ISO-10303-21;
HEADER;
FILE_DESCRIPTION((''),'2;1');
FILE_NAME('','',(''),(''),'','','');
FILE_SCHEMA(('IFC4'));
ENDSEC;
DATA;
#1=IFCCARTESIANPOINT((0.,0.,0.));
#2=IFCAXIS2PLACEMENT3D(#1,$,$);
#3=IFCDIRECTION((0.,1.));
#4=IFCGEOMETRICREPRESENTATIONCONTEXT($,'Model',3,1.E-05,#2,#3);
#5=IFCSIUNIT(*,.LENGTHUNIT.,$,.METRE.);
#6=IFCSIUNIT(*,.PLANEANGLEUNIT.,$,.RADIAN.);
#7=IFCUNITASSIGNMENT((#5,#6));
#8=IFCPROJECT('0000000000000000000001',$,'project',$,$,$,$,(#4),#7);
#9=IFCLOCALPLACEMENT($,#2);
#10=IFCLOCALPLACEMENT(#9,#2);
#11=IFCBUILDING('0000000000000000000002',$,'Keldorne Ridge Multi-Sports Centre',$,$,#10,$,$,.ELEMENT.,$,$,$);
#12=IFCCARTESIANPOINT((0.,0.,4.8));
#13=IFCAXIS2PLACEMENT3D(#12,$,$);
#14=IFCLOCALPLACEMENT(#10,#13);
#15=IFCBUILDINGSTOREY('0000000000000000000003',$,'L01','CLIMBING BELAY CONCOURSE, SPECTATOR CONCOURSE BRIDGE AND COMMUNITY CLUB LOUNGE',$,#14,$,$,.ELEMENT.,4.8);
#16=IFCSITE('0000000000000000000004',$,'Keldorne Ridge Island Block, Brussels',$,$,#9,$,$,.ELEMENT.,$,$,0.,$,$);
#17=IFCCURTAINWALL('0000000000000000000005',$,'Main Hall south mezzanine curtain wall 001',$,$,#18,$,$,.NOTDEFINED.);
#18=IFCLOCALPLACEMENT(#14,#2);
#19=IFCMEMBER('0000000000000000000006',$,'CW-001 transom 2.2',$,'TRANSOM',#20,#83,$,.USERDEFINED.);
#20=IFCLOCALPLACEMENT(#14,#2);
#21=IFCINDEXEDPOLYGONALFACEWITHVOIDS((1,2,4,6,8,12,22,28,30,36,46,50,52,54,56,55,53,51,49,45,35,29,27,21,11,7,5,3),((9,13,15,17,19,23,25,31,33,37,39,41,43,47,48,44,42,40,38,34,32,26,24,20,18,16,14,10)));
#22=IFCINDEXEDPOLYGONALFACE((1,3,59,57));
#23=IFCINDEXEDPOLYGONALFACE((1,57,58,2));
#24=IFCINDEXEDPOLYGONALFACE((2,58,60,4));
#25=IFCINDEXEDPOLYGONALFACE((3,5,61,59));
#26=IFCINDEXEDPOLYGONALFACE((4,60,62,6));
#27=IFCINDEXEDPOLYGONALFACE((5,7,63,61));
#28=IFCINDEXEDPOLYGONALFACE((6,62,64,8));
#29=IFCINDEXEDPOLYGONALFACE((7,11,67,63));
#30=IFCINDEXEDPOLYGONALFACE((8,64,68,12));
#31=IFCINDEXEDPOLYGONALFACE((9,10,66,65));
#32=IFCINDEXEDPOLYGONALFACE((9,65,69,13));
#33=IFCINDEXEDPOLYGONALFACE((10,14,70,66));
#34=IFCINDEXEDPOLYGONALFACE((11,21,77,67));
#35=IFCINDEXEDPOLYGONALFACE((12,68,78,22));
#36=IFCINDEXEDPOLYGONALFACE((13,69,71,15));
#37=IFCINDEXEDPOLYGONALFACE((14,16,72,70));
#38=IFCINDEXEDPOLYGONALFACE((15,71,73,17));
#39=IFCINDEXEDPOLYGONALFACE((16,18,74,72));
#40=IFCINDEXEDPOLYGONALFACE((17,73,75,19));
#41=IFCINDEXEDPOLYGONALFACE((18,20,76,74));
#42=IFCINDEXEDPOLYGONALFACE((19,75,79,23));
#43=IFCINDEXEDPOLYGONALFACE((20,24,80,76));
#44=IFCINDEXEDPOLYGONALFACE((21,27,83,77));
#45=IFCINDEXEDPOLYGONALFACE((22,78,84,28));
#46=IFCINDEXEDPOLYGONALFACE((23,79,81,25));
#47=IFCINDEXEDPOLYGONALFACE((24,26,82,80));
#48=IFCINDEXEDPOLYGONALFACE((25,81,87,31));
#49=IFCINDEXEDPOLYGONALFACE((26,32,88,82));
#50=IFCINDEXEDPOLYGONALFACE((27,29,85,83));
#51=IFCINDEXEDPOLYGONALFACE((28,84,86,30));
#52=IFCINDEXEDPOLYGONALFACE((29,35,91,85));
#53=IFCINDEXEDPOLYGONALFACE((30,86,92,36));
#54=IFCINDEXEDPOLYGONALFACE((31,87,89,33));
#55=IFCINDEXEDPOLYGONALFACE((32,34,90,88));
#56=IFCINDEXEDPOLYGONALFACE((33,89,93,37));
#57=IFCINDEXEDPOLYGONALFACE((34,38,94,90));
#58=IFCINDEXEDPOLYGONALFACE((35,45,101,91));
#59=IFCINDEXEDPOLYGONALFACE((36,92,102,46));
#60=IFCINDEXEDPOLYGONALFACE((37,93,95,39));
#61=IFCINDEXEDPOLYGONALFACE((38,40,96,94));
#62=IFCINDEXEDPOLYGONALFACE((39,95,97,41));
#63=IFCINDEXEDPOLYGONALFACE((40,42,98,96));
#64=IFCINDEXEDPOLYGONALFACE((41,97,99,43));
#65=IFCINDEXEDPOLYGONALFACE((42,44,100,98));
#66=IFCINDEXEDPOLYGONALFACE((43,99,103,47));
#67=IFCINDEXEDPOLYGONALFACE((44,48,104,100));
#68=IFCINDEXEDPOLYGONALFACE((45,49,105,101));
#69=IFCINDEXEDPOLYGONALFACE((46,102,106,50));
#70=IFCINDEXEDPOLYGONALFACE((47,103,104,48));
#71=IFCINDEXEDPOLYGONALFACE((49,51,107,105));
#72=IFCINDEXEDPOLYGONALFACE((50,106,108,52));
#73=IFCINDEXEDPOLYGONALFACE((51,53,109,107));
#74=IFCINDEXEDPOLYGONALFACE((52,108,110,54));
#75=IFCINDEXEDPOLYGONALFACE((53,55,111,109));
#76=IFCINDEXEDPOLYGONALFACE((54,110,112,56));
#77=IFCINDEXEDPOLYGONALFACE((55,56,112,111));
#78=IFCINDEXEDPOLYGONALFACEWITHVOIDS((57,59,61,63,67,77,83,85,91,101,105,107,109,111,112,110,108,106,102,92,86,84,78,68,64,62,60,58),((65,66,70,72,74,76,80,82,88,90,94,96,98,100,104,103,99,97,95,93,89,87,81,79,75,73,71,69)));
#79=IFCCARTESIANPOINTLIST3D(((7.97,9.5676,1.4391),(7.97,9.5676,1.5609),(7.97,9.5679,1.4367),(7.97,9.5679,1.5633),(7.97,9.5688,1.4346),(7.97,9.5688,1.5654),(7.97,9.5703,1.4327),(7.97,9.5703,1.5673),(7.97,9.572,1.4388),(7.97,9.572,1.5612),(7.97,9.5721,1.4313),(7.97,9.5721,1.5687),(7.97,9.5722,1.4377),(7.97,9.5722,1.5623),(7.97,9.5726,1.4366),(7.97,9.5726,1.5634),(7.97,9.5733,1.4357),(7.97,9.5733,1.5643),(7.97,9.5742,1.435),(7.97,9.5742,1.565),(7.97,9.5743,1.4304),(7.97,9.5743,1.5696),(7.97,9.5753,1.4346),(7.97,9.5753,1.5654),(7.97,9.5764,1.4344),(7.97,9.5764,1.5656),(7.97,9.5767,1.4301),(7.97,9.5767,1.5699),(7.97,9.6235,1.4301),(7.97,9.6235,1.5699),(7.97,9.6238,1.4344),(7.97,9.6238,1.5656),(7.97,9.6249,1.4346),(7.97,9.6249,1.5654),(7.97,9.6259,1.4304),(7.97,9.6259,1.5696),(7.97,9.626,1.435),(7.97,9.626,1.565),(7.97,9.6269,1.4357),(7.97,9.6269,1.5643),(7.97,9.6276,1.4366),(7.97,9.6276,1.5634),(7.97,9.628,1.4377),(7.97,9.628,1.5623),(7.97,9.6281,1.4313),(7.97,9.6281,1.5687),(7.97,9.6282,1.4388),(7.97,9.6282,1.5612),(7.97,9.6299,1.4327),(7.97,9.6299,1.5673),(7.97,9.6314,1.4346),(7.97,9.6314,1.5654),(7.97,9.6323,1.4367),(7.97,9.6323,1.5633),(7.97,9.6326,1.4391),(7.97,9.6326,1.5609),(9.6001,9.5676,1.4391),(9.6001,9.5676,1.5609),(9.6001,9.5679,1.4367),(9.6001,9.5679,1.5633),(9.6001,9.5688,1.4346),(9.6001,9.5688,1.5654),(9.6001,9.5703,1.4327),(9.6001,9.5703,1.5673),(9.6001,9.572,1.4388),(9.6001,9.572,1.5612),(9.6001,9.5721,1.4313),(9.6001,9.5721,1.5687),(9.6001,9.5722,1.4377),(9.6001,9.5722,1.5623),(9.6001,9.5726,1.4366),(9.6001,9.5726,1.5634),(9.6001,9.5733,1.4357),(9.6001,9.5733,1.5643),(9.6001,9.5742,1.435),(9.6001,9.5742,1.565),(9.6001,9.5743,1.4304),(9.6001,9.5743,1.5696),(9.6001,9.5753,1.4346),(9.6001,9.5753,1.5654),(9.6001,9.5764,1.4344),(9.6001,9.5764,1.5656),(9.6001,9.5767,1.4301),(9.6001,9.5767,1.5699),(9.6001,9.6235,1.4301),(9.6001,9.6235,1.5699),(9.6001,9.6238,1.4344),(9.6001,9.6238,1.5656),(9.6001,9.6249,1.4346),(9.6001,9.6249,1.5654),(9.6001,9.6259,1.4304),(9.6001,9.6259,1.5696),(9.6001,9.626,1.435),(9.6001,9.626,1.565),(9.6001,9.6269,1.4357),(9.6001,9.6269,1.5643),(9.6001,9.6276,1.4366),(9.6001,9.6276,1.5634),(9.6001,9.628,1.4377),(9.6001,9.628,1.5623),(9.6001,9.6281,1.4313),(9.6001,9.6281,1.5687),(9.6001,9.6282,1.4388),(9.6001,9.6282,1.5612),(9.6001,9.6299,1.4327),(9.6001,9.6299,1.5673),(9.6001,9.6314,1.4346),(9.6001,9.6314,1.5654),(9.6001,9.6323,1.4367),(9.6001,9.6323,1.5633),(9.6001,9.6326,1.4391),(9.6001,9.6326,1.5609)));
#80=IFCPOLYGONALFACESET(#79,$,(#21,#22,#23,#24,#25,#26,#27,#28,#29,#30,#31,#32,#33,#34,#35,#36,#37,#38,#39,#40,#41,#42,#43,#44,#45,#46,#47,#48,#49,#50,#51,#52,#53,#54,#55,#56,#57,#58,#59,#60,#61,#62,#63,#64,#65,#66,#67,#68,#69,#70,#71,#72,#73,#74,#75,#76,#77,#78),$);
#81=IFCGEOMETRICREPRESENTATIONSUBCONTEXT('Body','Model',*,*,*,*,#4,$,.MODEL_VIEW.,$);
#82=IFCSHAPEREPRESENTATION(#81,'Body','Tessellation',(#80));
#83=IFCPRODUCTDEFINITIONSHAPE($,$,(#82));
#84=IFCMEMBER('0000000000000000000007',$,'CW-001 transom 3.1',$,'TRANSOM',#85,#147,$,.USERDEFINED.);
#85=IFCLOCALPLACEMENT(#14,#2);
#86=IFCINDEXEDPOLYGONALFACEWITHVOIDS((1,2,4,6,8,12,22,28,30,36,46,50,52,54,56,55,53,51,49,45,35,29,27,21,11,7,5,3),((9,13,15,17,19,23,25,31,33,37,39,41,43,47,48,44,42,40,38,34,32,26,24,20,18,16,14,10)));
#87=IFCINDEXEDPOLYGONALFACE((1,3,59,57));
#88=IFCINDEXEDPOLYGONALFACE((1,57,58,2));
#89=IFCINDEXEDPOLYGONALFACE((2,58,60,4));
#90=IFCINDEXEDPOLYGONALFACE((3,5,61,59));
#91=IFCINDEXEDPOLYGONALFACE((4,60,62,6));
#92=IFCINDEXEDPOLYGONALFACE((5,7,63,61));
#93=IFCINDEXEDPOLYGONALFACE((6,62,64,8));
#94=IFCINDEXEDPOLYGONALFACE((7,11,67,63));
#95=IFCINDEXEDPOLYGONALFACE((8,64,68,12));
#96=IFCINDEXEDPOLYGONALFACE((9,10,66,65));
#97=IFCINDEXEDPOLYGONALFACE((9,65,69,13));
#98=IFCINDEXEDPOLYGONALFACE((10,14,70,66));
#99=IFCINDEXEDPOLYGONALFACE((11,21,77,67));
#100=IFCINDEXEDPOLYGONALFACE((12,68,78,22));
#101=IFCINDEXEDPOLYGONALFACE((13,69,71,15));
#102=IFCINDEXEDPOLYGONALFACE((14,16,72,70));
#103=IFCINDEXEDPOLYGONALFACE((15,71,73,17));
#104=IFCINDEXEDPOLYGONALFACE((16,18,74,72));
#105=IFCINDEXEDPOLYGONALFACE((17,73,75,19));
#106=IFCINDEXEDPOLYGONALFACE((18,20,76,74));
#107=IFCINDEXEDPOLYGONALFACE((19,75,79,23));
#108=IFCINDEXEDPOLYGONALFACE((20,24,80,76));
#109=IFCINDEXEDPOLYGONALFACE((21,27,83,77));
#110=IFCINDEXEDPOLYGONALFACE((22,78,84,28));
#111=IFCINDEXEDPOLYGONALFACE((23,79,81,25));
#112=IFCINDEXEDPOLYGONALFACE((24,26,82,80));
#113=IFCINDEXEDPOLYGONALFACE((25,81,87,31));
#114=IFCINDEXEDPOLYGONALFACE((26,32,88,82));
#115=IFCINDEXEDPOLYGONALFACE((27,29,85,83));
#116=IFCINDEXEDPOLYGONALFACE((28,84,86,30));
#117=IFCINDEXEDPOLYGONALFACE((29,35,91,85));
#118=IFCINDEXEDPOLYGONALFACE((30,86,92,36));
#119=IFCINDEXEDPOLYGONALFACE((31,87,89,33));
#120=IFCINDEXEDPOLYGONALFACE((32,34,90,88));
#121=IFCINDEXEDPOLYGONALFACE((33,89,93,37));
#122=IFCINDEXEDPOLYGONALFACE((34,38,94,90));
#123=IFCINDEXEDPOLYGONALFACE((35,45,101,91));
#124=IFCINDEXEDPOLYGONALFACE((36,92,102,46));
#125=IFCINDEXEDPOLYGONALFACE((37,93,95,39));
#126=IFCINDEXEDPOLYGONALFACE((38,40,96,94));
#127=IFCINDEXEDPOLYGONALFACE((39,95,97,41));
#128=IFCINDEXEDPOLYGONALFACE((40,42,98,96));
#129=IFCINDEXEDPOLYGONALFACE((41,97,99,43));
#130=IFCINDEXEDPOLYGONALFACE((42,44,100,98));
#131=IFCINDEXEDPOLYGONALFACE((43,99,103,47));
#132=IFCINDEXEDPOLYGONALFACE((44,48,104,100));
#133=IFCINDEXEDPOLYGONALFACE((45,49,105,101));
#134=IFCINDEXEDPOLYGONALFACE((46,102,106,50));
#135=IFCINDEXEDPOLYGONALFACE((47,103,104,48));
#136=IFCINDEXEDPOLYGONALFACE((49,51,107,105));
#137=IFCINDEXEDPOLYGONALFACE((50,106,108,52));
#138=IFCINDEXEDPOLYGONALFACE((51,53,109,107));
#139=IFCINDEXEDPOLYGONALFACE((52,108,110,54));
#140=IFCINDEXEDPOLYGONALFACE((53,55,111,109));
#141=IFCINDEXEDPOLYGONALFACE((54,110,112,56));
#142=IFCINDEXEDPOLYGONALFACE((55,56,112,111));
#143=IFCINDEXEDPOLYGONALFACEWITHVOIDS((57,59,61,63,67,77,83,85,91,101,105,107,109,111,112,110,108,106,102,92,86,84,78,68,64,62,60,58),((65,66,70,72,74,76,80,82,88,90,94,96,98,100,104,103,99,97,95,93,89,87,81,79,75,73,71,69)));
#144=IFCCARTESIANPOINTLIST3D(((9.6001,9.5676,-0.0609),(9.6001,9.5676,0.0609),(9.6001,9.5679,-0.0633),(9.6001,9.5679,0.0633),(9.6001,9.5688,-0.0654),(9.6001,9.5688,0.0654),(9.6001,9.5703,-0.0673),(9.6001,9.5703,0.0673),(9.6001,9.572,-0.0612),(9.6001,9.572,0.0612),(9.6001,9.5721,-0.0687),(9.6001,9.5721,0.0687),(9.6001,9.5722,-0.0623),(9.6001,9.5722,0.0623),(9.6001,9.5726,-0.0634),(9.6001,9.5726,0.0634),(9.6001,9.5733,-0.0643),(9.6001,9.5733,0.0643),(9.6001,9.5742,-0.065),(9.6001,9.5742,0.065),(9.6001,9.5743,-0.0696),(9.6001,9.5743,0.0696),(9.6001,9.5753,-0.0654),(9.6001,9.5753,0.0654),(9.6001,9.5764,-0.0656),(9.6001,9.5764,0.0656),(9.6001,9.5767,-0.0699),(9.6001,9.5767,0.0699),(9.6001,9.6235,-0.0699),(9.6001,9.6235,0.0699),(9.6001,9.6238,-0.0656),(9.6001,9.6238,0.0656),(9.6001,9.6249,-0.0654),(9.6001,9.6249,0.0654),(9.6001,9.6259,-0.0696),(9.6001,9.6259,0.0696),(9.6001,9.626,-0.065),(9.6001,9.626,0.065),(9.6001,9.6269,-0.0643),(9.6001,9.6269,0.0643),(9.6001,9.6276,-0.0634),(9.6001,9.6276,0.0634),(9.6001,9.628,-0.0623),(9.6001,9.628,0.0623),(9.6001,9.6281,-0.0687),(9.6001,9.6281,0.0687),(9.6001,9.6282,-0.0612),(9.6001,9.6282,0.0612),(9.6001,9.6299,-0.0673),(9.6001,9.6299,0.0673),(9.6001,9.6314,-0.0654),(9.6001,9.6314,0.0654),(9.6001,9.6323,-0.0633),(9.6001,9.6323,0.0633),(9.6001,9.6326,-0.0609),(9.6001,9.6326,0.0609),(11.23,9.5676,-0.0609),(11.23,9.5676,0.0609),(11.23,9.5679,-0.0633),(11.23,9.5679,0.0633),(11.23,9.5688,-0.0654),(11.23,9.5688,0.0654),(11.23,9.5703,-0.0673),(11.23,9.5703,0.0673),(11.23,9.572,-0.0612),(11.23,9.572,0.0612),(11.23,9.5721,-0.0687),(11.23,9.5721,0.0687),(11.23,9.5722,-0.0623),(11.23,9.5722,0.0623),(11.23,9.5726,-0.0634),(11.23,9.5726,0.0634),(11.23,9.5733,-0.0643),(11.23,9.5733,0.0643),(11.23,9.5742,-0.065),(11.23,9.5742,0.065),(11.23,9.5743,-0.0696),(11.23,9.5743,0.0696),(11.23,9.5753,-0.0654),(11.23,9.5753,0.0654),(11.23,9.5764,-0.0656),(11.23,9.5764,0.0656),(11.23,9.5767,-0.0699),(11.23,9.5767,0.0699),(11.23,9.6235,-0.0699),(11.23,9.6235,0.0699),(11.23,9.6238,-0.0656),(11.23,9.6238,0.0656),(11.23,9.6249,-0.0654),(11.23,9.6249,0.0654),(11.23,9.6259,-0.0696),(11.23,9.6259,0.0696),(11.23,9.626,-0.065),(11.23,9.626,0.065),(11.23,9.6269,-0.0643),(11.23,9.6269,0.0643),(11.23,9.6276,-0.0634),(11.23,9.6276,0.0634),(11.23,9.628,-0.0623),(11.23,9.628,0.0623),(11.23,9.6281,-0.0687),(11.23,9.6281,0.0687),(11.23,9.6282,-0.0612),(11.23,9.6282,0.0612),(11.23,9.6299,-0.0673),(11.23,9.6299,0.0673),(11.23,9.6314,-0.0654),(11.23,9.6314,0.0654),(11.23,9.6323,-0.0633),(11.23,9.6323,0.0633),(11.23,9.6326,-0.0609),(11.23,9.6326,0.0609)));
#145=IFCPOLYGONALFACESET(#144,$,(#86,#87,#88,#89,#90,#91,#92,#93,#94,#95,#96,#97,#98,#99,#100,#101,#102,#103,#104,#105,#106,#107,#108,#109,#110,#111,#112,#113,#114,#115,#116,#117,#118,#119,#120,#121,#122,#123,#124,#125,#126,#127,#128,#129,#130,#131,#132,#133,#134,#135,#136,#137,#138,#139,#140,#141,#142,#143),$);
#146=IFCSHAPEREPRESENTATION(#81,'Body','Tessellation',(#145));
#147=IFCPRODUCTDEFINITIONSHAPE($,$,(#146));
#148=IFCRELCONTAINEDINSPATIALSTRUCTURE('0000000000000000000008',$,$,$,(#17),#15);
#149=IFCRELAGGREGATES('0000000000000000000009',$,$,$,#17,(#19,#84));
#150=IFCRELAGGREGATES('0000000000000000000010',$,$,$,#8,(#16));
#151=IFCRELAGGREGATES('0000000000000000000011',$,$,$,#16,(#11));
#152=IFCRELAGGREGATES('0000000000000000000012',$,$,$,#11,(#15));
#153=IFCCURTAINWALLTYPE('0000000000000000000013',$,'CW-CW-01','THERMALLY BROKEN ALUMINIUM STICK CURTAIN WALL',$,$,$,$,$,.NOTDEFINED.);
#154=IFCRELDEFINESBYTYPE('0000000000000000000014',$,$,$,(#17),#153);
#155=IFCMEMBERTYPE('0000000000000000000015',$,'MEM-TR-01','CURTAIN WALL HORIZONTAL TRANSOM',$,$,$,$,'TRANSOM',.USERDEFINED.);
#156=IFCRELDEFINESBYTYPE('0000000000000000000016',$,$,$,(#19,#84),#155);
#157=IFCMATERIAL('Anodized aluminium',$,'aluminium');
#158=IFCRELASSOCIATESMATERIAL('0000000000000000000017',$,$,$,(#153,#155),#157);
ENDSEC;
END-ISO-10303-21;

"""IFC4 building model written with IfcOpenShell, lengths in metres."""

from ifc_helpers import new_model, si_unit, direction, frame, origin, origin_2d, place, context, subcontext, project, spatial, hollow_rectangle, extrude, material, material_profile, profile_set, type_object, element, aggregate, save


model = new_model("IFC4")

# Units and contexts
model_context = context("Model", 3, precision=1e-05, world=origin(), true_north=direction((0.0, 1.0)))
body_context = subcontext(model_context, "Body", "Model", "MODEL_VIEW")
ifc_project = project(units=[si_unit("LENGTHUNIT", "METRE"), si_unit("PLANEANGLEUNIT", "RADIAN")], contexts=[model_context])

# Site, building, storey
site_placement = place(None, origin())
site = spatial("IfcSite", under=ifc_project, at=site_placement, Name="Keldorne Ridge Island Block, Brussels", CompositionType="ELEMENT", RefElevation=0.0)
building_placement = place(site_placement, origin())
building = spatial("IfcBuilding", under=site, at=building_placement, Name="Keldorne Ridge Multi-Sports Centre", CompositionType="ELEMENT")
storey_placement = place(building_placement, frame((0.0, 0.0, 4.8)))
storey = spatial("IfcBuildingStorey", under=building, at=storey_placement, Name="L01", Description="CLIMBING BELAY CONCOURSE, SPECTATOR CONCOURSE BRIDGE AND COMMUNITY CLUB LOUNGE", CompositionType="ELEMENT", Elevation=4.8)

# Curtain wall, members
ifc_material_1 = material(Name="Anodized aluminium", Category="aluminium")
curtain_wall_type = type_object("IfcCurtainWallType", Name="CW-CW-01", Description="THERMALLY BROKEN ALUMINIUM STICK CURTAIN WALL", PredefinedType="NOTDEFINED", material=ifc_material_1)
curtain_wall_placement = place(storey_placement, origin())
curtain_wall = element("IfcCurtainWall", 1, at=curtain_wall_placement, inside=storey, type_object=curtain_wall_type, Name="Main Hall south mezzanine curtain wall 001", PredefinedType="NOTDEFINED")
ifc_material_profile_1 = material_profile(ifc_material_1, hollow_rectangle(XDim=0.0649, YDim=0.1399, WallThickness=0.0044, InnerFilletRadius=0.0044, OuterFilletRadius=0.009, at=origin_2d()), Name="ALU TRANSOM 140x65x4.5")
ifc_profile_set_1 = profile_set([ifc_material_profile_1], Name="Anodized aluminium")
member_type_1 = type_object("IfcMemberType", Name="MEM-TR-01", Description="CURTAIN WALL HORIZONTAL TRANSOM", ElementType="TRANSOM", PredefinedType="USERDEFINED", material=ifc_profile_set_1)
member_1_placement = place(storey_placement, frame((7.97, 9.6001, 1.5), z_axis=(1.0, 0.0, 0.0), x_axis=(0.0, 1.0, 0.0)))
member_1 = element("IfcMember", 2, at=member_1_placement, type_object=member_type_1, Name="CW-001 transom 2.2", ObjectType="TRANSOM", PredefinedType="USERDEFINED", context=body_context, shape_type="SweptSolid", body=[
    extrude(hollow_rectangle(XDim=0.0649, YDim=0.1399, WallThickness=0.0044, InnerFilletRadius=0.0044, OuterFilletRadius=0.009, at=origin_2d()), origin(), (0.0, 0.0, 1.0), 1.6301),
])
member_2_placement = place(storey_placement, frame((9.6001, 9.6001, 0.0), z_axis=(1.0, 0.0, 0.0), x_axis=(0.0, 1.0, 0.0)))
member_2 = element("IfcMember", 3, at=member_2_placement, type_object=member_type_1, Name="CW-001 transom 3.1", ObjectType="TRANSOM", PredefinedType="USERDEFINED", context=body_context, shape_type="SweptSolid", body=[
    extrude(hollow_rectangle(XDim=0.0649, YDim=0.1399, WallThickness=0.0044, InnerFilletRadius=0.0044, OuterFilletRadius=0.009, at=origin_2d()), origin(), (0.0, 0.0, 1.0), 1.6299),
])
aggregate(curtain_wall, [member_1, member_2])

save(model, "model.ifc")
